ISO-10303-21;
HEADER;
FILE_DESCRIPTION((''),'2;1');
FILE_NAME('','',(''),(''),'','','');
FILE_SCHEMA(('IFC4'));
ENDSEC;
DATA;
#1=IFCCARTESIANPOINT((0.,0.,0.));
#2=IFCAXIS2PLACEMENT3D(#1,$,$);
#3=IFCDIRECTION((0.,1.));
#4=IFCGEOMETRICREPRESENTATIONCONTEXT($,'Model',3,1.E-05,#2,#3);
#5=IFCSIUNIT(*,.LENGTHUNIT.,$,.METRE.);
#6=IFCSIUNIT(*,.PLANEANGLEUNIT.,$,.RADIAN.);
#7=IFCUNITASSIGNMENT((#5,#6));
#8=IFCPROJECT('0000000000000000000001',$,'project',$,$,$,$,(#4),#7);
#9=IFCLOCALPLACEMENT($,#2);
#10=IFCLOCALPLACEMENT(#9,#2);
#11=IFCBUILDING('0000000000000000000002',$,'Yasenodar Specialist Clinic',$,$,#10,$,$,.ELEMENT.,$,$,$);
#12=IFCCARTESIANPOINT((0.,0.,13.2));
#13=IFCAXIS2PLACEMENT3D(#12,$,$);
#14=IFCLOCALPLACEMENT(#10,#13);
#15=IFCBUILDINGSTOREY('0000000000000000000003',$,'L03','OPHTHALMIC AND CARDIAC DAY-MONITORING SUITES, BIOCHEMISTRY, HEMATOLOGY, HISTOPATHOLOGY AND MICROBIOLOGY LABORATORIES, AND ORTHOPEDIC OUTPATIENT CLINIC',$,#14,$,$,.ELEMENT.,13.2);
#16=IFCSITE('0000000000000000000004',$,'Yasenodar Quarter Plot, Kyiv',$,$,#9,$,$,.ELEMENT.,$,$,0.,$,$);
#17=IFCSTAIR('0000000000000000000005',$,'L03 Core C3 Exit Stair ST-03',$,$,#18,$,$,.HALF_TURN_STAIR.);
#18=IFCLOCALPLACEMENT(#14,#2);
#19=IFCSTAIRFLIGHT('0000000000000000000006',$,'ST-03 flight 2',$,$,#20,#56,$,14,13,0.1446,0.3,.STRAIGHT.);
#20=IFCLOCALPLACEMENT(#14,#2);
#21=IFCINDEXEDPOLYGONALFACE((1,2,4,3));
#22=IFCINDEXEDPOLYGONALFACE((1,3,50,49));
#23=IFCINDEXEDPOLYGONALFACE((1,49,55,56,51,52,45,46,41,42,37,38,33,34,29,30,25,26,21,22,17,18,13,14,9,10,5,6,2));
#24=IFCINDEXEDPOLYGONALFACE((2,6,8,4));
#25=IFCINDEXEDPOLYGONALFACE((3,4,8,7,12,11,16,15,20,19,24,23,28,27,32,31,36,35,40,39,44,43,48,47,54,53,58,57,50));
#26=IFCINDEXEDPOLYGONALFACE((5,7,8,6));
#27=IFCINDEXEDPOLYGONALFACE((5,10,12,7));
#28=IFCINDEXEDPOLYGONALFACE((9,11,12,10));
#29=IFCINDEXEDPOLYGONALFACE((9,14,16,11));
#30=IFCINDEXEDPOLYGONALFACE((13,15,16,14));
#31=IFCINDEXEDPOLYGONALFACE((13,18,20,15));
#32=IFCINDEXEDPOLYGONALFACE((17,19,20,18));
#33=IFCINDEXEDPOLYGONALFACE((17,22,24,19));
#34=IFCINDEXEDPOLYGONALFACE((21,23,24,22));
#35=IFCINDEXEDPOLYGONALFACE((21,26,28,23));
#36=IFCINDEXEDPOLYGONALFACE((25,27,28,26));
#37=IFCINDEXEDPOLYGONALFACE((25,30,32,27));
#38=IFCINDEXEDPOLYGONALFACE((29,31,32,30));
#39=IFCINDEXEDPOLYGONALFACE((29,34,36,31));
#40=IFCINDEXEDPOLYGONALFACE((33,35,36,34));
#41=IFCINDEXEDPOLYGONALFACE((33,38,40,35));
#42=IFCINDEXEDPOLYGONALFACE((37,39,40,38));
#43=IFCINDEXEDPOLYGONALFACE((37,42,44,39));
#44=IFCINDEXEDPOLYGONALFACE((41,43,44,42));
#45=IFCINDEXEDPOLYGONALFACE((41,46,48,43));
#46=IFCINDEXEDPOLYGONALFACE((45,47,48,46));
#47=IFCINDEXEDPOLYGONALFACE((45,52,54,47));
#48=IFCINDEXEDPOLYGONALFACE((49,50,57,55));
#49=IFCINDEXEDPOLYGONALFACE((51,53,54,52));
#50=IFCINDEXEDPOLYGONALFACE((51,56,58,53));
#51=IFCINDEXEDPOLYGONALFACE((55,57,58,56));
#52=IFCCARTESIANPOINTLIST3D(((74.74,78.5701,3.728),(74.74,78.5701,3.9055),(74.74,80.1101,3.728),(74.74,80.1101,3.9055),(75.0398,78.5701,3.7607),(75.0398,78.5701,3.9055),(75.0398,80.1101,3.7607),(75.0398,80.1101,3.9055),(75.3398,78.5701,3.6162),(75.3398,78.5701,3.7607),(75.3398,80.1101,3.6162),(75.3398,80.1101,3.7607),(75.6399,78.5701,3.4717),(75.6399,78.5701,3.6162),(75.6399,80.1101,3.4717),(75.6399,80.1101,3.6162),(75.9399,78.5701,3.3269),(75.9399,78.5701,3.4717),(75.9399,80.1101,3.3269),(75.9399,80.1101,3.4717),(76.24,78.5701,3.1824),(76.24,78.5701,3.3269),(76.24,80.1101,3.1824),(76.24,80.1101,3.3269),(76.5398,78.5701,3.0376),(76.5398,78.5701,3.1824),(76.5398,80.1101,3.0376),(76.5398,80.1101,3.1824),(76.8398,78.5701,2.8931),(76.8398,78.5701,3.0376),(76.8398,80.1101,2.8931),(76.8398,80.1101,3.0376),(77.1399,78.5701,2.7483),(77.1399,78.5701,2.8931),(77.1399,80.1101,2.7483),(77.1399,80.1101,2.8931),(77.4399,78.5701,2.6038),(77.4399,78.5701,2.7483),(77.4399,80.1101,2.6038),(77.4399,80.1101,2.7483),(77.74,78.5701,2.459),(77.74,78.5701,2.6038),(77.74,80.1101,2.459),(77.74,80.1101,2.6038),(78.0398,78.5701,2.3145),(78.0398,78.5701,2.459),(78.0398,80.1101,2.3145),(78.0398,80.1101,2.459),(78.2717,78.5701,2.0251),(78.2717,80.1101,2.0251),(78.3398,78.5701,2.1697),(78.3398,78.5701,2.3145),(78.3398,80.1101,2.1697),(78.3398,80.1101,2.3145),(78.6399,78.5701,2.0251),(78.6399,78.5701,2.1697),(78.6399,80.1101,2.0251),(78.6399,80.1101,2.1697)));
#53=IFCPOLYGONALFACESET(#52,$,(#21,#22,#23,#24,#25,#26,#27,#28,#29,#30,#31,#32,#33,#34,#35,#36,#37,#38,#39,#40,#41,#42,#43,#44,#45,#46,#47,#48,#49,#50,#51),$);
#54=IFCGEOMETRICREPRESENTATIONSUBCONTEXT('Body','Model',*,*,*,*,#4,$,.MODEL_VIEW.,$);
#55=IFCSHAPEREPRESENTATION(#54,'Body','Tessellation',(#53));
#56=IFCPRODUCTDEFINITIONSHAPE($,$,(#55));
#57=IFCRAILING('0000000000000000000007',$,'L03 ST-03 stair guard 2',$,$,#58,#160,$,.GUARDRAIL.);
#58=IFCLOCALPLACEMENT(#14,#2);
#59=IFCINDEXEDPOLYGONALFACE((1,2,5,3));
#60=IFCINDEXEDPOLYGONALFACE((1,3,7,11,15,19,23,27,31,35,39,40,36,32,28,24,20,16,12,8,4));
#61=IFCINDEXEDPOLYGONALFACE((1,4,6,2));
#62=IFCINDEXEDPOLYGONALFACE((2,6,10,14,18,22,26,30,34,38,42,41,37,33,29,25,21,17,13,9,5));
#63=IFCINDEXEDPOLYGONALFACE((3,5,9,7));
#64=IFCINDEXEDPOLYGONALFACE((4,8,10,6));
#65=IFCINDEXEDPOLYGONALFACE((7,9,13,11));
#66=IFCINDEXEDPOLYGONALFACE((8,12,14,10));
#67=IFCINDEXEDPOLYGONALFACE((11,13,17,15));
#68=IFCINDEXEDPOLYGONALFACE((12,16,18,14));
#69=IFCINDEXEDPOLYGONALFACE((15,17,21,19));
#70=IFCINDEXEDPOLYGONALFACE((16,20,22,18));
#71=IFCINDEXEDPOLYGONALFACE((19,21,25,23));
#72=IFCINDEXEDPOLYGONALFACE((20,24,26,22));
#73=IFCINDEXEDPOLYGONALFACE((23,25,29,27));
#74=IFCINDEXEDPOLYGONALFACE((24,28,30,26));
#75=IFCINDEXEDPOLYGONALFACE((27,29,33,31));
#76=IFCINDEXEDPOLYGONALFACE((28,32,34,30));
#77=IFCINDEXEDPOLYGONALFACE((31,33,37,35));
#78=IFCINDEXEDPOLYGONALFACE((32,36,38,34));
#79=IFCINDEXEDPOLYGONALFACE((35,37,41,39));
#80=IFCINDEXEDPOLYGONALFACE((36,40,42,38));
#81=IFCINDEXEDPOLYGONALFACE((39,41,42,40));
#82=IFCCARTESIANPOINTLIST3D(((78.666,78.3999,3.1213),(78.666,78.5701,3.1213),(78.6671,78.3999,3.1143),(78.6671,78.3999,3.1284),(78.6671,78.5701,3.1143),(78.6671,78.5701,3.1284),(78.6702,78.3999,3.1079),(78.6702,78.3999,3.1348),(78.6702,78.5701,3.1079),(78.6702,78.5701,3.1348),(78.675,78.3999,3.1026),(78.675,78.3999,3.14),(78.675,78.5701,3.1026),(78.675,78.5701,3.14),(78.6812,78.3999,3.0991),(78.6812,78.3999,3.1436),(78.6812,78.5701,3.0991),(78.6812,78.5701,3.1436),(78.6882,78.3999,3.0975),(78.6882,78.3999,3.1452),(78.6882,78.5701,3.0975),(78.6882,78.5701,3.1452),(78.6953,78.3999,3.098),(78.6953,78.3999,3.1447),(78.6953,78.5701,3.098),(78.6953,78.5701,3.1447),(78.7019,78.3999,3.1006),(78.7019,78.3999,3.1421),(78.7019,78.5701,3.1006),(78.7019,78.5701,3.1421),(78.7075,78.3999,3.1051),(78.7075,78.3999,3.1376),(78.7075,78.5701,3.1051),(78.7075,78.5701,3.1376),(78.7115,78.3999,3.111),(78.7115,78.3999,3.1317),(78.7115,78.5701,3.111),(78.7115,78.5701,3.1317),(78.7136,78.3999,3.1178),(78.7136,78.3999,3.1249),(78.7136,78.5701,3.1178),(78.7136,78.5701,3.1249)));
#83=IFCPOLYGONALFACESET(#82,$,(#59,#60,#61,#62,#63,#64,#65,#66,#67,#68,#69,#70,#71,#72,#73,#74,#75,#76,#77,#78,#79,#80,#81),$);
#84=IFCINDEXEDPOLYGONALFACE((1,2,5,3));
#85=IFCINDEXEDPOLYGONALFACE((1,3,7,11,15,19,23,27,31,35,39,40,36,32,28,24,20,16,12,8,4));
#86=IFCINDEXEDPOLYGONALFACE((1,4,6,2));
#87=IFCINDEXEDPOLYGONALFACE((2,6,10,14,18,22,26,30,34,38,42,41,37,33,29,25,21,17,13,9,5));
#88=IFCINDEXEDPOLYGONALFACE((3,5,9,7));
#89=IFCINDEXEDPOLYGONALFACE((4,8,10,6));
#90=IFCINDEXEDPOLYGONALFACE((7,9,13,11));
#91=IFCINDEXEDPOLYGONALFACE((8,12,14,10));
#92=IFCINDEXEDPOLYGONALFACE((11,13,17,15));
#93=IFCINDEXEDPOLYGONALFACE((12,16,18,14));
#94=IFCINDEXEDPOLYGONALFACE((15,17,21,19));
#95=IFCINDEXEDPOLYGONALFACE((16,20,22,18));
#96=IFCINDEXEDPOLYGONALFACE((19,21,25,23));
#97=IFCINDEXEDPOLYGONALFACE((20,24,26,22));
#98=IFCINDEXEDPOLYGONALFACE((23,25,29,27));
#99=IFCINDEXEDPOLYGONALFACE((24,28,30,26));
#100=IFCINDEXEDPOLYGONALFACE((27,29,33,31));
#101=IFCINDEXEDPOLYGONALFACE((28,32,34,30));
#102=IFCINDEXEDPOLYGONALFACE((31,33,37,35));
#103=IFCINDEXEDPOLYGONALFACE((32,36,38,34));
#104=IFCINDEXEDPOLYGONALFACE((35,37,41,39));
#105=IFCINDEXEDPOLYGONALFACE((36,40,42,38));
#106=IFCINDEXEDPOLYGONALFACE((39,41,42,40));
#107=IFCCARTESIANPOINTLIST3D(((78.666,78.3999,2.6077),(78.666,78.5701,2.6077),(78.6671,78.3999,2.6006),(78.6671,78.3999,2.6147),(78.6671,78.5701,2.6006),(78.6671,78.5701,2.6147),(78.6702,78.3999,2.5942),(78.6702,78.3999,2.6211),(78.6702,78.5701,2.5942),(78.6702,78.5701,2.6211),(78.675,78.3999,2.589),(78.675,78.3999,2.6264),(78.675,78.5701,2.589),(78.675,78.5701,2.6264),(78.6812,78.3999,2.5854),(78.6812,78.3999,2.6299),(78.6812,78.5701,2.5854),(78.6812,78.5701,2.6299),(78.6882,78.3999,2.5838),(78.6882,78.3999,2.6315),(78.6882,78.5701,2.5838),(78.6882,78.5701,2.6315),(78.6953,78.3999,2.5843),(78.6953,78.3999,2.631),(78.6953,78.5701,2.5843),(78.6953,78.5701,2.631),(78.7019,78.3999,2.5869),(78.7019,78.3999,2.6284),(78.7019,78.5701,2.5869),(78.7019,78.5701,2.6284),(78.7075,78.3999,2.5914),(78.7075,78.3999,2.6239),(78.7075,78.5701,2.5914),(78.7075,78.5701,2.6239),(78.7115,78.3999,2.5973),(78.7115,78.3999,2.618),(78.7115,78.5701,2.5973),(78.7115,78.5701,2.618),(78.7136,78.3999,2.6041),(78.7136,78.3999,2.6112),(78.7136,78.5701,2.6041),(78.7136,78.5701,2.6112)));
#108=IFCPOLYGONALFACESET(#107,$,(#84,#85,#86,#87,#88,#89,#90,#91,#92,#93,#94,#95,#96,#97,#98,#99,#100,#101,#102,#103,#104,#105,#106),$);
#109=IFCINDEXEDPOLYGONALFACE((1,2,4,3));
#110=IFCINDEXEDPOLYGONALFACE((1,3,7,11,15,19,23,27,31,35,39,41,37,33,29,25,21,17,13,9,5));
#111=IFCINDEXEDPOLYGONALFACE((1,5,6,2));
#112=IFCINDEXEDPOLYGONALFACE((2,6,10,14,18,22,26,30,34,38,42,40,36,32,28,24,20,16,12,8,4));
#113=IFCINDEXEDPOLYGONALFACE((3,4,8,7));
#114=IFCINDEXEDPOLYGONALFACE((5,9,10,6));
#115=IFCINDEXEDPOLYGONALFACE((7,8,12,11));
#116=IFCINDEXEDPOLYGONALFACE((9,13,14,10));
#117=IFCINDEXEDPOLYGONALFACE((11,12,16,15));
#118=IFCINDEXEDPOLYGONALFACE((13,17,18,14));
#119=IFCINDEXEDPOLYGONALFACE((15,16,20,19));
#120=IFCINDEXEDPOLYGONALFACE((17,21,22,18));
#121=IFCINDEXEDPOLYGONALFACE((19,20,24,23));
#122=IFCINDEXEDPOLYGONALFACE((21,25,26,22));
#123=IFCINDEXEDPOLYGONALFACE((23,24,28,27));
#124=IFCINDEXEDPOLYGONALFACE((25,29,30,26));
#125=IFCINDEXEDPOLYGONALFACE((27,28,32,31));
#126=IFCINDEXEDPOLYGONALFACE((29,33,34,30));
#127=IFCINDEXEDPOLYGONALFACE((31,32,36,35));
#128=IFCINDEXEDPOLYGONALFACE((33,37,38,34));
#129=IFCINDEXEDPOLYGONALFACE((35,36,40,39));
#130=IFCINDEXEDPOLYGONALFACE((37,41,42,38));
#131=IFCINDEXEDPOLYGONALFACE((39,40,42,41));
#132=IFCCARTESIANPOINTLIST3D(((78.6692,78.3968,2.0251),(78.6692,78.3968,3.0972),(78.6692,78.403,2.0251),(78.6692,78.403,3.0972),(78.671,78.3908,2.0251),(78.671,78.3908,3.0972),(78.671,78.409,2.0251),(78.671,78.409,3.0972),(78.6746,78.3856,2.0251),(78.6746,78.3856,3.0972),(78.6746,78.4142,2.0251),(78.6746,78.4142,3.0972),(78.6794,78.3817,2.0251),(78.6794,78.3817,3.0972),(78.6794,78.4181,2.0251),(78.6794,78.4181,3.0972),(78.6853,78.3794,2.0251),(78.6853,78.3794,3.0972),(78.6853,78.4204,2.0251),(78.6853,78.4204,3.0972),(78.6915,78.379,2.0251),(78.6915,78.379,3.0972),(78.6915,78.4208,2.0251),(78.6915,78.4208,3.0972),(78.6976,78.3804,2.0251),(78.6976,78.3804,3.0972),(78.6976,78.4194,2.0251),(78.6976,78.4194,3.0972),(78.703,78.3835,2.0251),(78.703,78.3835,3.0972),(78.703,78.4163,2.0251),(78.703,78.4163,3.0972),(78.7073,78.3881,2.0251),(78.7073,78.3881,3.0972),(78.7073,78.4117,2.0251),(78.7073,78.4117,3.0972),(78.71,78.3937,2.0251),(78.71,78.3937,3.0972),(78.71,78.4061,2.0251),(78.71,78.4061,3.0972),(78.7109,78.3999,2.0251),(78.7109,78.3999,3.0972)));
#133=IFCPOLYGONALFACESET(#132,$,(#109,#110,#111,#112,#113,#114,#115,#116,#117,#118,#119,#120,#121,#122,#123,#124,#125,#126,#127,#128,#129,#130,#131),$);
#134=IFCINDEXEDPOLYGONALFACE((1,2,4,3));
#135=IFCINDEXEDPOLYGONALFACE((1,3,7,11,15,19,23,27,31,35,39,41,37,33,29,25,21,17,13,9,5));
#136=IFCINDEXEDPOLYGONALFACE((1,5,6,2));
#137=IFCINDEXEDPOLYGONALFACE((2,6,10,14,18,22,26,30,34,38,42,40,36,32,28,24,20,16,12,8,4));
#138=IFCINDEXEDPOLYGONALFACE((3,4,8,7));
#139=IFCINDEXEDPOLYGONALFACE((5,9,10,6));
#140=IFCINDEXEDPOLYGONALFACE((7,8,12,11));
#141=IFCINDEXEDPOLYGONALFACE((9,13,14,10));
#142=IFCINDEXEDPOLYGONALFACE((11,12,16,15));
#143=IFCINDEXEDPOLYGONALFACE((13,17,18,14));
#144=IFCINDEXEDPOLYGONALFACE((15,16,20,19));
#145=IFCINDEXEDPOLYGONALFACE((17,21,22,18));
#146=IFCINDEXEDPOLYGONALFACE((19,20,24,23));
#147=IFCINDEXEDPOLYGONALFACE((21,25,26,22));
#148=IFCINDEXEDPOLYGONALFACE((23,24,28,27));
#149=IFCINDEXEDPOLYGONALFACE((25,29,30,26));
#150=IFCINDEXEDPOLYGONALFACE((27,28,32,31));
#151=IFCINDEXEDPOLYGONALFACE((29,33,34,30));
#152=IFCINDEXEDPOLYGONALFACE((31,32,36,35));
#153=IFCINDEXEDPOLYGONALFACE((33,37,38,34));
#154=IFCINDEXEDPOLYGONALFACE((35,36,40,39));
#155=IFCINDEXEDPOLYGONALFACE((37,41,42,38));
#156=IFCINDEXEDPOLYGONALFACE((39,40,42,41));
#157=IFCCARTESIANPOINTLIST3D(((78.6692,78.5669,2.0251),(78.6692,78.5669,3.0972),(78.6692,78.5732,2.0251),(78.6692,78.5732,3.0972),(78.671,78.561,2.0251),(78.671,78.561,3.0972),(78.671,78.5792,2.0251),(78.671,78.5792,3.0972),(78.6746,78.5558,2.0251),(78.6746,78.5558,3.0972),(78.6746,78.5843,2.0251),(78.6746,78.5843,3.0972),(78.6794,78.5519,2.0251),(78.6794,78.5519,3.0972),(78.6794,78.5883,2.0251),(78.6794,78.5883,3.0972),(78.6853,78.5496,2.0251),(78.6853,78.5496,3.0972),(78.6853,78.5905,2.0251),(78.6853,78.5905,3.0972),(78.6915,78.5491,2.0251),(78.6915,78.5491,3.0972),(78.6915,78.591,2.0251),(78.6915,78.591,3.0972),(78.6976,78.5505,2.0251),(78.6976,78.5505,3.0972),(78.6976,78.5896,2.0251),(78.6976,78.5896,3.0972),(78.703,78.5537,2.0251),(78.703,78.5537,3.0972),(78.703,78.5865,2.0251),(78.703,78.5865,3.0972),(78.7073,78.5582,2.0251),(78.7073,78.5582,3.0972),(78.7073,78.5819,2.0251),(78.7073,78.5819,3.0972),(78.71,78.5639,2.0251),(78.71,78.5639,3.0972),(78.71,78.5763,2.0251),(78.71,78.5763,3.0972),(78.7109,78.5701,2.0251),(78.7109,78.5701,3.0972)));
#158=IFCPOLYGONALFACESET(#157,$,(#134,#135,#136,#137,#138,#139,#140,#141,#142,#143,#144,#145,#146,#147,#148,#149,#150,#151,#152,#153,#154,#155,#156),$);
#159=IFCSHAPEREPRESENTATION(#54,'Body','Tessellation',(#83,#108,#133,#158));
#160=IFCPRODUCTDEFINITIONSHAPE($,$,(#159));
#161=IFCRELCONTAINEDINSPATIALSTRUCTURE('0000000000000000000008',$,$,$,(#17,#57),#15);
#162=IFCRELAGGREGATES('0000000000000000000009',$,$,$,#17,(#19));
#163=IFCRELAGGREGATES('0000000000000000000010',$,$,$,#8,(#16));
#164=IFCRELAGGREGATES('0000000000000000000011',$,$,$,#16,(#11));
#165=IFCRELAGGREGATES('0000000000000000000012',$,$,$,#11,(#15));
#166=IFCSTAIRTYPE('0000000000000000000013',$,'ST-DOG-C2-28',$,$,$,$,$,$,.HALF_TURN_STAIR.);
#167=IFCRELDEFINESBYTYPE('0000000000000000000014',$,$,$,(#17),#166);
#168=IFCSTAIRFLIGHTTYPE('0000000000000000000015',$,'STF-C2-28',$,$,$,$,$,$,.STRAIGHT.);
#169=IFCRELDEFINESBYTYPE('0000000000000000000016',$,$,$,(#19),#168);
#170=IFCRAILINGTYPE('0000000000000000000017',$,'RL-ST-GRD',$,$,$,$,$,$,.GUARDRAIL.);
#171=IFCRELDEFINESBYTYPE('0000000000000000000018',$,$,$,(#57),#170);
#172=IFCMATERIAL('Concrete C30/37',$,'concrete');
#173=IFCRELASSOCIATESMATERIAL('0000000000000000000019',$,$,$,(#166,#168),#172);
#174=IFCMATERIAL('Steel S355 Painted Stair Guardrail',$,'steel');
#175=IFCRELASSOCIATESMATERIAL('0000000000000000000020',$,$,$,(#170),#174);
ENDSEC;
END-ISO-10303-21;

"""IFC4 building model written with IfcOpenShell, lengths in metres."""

from ifc_helpers import new_model, si_unit, direction, frame, origin, origin_2d, place, context, subcontext, project, spatial, polyline, circle, outline, extrude, material, type_object, element, aggregate, save


model = new_model("IFC4")

# Units and contexts
model_context = context("Model", 3, precision=1e-05, world=origin(), true_north=direction((0.0, 1.0)))
body_context = subcontext(model_context, "Body", "Model", "MODEL_VIEW")
ifc_project = project(units=[si_unit("LENGTHUNIT", "METRE"), si_unit("PLANEANGLEUNIT", "RADIAN")], contexts=[model_context])

# Site, building, storey
site_placement = place(None, origin())
site = spatial("IfcSite", under=ifc_project, at=site_placement, Name="Yasenodar Quarter Plot, Kyiv", CompositionType="ELEMENT", RefElevation=0.0)
building_placement = place(site_placement, origin())
building = spatial("IfcBuilding", under=site, at=building_placement, Name="Yasenodar Specialist Clinic", CompositionType="ELEMENT")
storey_placement = place(building_placement, frame((0.0, 0.0, 13.2)))
storey = spatial("IfcBuildingStorey", under=building, at=storey_placement, Name="L03", Description="OPHTHALMIC AND CARDIAC DAY-MONITORING SUITES, BIOCHEMISTRY, HEMATOLOGY, HISTOPATHOLOGY AND MICROBIOLOGY LABORATORIES, AND ORTHOPEDIC OUTPATIENT CLINIC", CompositionType="ELEMENT", Elevation=13.2)

# Stair, stair flight
ifc_material_1 = material(Name="Concrete C30/37", Category="concrete")
stair_type = type_object("IfcStairType", Name="ST-DOG-C2-28", PredefinedType="HALF_TURN_STAIR", material=ifc_material_1)
stair_placement = place(storey_placement, origin())
stair = element("IfcStair", 1, at=stair_placement, inside=storey, type_object=stair_type, Name="L03 Core C3 Exit Stair ST-03", PredefinedType="HALF_TURN_STAIR")
stair_flight_type = type_object("IfcStairFlightType", Name="STF-C2-28", PredefinedType="STRAIGHT", material=ifc_material_1)
stair_flight_placement = place(storey_placement, frame((78.6399, 79.3401, 2.0251), z_axis=(0.0, 0.0, 1.0), x_axis=(-1.0, 0.0, 0.0)))
stair_flight = element("IfcStairFlight", 2, at=stair_flight_placement, type_object=stair_flight_type, Name="ST-03 flight 2", NumberOfRisers=14, NumberOfTreads=13, PredefinedType="STRAIGHT", RiserHeight=0.1446, TreadLength=0.3, context=body_context, shape_type="SweptSolid", body=[
    extrude(outline(polyline([(0.0, 0.0), (0.0, 0.1445), (0.3, 0.1445), (0.3, 0.2893), (0.6001, 0.2893), (0.6001, 0.4338), (0.8999, 0.4338), (0.8999, 0.5786), (1.2, 0.5786), (1.2, 0.7231), (1.5, 0.7231), (1.5, 0.8679), (1.8, 0.8679), (1.8, 1.0125), (2.1001, 1.0125), (2.1001, 1.1572), (2.3999, 1.1572), (2.3999, 1.3018), (2.7, 1.3018), (2.7, 1.4465), (3.0, 1.4465), (3.0, 1.5911), (3.3, 1.5911), (3.3, 1.7356), (3.6001, 1.7356), (3.6001, 1.8804), (3.8999, 1.8804), (3.8999, 2.0249), (3.8999, 1.7029), (0.3682, 0.0), (0.0, 0.0)])), frame((0.0, 0.77, 0.0), z_axis=(0.0, -1.0, 0.0), x_axis=(1.0, 0.0, 0.0)), (0.0, 0.0, 1.0), 1.54),
])
aggregate(stair, [stair_flight])

# Railing
ifc_material_2 = material(Name="Steel S355 Painted Stair Guardrail", Category="steel")
railing_type_1 = type_object("IfcRailingType", Name="RL-ST-GRD", PredefinedType="GUARDRAIL", material=ifc_material_2)
railing_1_placement = place(storey_placement, frame((78.6899, 78.3999, 2.0251)))
element("IfcRailing", 3, at=railing_1_placement, inside=storey, type_object=railing_type_1, Name="L03 ST-03 stair guard 2", PredefinedType="GUARDRAIL", context=body_context, shape_type="SweptSolid", body=[
    extrude(circle(Radius=0.0239, at=origin_2d()), frame((0.0, 0.0, 1.0962), z_axis=(0.0, 1.0, 0.0), x_axis=(-1.0, 0.0, 0.0)), (0.0, 0.0, 1.0), 0.1702),
    extrude(circle(Radius=0.0239, at=origin_2d()), frame((0.0, 0.0, 0.5825), z_axis=(0.0, 1.0, 0.0), x_axis=(-1.0, 0.0, 0.0)), (0.0, 0.0, 1.0), 0.1702),
    extrude(circle(Radius=0.021, at=origin_2d()), origin(), (0.0, 0.0, 1.0), 1.072),
    extrude(circle(Radius=0.021, at=origin_2d()), frame((0.0, 0.1702, 0.0)), (0.0, 0.0, 1.0), 1.072),
])

save(model, "model.ifc")
